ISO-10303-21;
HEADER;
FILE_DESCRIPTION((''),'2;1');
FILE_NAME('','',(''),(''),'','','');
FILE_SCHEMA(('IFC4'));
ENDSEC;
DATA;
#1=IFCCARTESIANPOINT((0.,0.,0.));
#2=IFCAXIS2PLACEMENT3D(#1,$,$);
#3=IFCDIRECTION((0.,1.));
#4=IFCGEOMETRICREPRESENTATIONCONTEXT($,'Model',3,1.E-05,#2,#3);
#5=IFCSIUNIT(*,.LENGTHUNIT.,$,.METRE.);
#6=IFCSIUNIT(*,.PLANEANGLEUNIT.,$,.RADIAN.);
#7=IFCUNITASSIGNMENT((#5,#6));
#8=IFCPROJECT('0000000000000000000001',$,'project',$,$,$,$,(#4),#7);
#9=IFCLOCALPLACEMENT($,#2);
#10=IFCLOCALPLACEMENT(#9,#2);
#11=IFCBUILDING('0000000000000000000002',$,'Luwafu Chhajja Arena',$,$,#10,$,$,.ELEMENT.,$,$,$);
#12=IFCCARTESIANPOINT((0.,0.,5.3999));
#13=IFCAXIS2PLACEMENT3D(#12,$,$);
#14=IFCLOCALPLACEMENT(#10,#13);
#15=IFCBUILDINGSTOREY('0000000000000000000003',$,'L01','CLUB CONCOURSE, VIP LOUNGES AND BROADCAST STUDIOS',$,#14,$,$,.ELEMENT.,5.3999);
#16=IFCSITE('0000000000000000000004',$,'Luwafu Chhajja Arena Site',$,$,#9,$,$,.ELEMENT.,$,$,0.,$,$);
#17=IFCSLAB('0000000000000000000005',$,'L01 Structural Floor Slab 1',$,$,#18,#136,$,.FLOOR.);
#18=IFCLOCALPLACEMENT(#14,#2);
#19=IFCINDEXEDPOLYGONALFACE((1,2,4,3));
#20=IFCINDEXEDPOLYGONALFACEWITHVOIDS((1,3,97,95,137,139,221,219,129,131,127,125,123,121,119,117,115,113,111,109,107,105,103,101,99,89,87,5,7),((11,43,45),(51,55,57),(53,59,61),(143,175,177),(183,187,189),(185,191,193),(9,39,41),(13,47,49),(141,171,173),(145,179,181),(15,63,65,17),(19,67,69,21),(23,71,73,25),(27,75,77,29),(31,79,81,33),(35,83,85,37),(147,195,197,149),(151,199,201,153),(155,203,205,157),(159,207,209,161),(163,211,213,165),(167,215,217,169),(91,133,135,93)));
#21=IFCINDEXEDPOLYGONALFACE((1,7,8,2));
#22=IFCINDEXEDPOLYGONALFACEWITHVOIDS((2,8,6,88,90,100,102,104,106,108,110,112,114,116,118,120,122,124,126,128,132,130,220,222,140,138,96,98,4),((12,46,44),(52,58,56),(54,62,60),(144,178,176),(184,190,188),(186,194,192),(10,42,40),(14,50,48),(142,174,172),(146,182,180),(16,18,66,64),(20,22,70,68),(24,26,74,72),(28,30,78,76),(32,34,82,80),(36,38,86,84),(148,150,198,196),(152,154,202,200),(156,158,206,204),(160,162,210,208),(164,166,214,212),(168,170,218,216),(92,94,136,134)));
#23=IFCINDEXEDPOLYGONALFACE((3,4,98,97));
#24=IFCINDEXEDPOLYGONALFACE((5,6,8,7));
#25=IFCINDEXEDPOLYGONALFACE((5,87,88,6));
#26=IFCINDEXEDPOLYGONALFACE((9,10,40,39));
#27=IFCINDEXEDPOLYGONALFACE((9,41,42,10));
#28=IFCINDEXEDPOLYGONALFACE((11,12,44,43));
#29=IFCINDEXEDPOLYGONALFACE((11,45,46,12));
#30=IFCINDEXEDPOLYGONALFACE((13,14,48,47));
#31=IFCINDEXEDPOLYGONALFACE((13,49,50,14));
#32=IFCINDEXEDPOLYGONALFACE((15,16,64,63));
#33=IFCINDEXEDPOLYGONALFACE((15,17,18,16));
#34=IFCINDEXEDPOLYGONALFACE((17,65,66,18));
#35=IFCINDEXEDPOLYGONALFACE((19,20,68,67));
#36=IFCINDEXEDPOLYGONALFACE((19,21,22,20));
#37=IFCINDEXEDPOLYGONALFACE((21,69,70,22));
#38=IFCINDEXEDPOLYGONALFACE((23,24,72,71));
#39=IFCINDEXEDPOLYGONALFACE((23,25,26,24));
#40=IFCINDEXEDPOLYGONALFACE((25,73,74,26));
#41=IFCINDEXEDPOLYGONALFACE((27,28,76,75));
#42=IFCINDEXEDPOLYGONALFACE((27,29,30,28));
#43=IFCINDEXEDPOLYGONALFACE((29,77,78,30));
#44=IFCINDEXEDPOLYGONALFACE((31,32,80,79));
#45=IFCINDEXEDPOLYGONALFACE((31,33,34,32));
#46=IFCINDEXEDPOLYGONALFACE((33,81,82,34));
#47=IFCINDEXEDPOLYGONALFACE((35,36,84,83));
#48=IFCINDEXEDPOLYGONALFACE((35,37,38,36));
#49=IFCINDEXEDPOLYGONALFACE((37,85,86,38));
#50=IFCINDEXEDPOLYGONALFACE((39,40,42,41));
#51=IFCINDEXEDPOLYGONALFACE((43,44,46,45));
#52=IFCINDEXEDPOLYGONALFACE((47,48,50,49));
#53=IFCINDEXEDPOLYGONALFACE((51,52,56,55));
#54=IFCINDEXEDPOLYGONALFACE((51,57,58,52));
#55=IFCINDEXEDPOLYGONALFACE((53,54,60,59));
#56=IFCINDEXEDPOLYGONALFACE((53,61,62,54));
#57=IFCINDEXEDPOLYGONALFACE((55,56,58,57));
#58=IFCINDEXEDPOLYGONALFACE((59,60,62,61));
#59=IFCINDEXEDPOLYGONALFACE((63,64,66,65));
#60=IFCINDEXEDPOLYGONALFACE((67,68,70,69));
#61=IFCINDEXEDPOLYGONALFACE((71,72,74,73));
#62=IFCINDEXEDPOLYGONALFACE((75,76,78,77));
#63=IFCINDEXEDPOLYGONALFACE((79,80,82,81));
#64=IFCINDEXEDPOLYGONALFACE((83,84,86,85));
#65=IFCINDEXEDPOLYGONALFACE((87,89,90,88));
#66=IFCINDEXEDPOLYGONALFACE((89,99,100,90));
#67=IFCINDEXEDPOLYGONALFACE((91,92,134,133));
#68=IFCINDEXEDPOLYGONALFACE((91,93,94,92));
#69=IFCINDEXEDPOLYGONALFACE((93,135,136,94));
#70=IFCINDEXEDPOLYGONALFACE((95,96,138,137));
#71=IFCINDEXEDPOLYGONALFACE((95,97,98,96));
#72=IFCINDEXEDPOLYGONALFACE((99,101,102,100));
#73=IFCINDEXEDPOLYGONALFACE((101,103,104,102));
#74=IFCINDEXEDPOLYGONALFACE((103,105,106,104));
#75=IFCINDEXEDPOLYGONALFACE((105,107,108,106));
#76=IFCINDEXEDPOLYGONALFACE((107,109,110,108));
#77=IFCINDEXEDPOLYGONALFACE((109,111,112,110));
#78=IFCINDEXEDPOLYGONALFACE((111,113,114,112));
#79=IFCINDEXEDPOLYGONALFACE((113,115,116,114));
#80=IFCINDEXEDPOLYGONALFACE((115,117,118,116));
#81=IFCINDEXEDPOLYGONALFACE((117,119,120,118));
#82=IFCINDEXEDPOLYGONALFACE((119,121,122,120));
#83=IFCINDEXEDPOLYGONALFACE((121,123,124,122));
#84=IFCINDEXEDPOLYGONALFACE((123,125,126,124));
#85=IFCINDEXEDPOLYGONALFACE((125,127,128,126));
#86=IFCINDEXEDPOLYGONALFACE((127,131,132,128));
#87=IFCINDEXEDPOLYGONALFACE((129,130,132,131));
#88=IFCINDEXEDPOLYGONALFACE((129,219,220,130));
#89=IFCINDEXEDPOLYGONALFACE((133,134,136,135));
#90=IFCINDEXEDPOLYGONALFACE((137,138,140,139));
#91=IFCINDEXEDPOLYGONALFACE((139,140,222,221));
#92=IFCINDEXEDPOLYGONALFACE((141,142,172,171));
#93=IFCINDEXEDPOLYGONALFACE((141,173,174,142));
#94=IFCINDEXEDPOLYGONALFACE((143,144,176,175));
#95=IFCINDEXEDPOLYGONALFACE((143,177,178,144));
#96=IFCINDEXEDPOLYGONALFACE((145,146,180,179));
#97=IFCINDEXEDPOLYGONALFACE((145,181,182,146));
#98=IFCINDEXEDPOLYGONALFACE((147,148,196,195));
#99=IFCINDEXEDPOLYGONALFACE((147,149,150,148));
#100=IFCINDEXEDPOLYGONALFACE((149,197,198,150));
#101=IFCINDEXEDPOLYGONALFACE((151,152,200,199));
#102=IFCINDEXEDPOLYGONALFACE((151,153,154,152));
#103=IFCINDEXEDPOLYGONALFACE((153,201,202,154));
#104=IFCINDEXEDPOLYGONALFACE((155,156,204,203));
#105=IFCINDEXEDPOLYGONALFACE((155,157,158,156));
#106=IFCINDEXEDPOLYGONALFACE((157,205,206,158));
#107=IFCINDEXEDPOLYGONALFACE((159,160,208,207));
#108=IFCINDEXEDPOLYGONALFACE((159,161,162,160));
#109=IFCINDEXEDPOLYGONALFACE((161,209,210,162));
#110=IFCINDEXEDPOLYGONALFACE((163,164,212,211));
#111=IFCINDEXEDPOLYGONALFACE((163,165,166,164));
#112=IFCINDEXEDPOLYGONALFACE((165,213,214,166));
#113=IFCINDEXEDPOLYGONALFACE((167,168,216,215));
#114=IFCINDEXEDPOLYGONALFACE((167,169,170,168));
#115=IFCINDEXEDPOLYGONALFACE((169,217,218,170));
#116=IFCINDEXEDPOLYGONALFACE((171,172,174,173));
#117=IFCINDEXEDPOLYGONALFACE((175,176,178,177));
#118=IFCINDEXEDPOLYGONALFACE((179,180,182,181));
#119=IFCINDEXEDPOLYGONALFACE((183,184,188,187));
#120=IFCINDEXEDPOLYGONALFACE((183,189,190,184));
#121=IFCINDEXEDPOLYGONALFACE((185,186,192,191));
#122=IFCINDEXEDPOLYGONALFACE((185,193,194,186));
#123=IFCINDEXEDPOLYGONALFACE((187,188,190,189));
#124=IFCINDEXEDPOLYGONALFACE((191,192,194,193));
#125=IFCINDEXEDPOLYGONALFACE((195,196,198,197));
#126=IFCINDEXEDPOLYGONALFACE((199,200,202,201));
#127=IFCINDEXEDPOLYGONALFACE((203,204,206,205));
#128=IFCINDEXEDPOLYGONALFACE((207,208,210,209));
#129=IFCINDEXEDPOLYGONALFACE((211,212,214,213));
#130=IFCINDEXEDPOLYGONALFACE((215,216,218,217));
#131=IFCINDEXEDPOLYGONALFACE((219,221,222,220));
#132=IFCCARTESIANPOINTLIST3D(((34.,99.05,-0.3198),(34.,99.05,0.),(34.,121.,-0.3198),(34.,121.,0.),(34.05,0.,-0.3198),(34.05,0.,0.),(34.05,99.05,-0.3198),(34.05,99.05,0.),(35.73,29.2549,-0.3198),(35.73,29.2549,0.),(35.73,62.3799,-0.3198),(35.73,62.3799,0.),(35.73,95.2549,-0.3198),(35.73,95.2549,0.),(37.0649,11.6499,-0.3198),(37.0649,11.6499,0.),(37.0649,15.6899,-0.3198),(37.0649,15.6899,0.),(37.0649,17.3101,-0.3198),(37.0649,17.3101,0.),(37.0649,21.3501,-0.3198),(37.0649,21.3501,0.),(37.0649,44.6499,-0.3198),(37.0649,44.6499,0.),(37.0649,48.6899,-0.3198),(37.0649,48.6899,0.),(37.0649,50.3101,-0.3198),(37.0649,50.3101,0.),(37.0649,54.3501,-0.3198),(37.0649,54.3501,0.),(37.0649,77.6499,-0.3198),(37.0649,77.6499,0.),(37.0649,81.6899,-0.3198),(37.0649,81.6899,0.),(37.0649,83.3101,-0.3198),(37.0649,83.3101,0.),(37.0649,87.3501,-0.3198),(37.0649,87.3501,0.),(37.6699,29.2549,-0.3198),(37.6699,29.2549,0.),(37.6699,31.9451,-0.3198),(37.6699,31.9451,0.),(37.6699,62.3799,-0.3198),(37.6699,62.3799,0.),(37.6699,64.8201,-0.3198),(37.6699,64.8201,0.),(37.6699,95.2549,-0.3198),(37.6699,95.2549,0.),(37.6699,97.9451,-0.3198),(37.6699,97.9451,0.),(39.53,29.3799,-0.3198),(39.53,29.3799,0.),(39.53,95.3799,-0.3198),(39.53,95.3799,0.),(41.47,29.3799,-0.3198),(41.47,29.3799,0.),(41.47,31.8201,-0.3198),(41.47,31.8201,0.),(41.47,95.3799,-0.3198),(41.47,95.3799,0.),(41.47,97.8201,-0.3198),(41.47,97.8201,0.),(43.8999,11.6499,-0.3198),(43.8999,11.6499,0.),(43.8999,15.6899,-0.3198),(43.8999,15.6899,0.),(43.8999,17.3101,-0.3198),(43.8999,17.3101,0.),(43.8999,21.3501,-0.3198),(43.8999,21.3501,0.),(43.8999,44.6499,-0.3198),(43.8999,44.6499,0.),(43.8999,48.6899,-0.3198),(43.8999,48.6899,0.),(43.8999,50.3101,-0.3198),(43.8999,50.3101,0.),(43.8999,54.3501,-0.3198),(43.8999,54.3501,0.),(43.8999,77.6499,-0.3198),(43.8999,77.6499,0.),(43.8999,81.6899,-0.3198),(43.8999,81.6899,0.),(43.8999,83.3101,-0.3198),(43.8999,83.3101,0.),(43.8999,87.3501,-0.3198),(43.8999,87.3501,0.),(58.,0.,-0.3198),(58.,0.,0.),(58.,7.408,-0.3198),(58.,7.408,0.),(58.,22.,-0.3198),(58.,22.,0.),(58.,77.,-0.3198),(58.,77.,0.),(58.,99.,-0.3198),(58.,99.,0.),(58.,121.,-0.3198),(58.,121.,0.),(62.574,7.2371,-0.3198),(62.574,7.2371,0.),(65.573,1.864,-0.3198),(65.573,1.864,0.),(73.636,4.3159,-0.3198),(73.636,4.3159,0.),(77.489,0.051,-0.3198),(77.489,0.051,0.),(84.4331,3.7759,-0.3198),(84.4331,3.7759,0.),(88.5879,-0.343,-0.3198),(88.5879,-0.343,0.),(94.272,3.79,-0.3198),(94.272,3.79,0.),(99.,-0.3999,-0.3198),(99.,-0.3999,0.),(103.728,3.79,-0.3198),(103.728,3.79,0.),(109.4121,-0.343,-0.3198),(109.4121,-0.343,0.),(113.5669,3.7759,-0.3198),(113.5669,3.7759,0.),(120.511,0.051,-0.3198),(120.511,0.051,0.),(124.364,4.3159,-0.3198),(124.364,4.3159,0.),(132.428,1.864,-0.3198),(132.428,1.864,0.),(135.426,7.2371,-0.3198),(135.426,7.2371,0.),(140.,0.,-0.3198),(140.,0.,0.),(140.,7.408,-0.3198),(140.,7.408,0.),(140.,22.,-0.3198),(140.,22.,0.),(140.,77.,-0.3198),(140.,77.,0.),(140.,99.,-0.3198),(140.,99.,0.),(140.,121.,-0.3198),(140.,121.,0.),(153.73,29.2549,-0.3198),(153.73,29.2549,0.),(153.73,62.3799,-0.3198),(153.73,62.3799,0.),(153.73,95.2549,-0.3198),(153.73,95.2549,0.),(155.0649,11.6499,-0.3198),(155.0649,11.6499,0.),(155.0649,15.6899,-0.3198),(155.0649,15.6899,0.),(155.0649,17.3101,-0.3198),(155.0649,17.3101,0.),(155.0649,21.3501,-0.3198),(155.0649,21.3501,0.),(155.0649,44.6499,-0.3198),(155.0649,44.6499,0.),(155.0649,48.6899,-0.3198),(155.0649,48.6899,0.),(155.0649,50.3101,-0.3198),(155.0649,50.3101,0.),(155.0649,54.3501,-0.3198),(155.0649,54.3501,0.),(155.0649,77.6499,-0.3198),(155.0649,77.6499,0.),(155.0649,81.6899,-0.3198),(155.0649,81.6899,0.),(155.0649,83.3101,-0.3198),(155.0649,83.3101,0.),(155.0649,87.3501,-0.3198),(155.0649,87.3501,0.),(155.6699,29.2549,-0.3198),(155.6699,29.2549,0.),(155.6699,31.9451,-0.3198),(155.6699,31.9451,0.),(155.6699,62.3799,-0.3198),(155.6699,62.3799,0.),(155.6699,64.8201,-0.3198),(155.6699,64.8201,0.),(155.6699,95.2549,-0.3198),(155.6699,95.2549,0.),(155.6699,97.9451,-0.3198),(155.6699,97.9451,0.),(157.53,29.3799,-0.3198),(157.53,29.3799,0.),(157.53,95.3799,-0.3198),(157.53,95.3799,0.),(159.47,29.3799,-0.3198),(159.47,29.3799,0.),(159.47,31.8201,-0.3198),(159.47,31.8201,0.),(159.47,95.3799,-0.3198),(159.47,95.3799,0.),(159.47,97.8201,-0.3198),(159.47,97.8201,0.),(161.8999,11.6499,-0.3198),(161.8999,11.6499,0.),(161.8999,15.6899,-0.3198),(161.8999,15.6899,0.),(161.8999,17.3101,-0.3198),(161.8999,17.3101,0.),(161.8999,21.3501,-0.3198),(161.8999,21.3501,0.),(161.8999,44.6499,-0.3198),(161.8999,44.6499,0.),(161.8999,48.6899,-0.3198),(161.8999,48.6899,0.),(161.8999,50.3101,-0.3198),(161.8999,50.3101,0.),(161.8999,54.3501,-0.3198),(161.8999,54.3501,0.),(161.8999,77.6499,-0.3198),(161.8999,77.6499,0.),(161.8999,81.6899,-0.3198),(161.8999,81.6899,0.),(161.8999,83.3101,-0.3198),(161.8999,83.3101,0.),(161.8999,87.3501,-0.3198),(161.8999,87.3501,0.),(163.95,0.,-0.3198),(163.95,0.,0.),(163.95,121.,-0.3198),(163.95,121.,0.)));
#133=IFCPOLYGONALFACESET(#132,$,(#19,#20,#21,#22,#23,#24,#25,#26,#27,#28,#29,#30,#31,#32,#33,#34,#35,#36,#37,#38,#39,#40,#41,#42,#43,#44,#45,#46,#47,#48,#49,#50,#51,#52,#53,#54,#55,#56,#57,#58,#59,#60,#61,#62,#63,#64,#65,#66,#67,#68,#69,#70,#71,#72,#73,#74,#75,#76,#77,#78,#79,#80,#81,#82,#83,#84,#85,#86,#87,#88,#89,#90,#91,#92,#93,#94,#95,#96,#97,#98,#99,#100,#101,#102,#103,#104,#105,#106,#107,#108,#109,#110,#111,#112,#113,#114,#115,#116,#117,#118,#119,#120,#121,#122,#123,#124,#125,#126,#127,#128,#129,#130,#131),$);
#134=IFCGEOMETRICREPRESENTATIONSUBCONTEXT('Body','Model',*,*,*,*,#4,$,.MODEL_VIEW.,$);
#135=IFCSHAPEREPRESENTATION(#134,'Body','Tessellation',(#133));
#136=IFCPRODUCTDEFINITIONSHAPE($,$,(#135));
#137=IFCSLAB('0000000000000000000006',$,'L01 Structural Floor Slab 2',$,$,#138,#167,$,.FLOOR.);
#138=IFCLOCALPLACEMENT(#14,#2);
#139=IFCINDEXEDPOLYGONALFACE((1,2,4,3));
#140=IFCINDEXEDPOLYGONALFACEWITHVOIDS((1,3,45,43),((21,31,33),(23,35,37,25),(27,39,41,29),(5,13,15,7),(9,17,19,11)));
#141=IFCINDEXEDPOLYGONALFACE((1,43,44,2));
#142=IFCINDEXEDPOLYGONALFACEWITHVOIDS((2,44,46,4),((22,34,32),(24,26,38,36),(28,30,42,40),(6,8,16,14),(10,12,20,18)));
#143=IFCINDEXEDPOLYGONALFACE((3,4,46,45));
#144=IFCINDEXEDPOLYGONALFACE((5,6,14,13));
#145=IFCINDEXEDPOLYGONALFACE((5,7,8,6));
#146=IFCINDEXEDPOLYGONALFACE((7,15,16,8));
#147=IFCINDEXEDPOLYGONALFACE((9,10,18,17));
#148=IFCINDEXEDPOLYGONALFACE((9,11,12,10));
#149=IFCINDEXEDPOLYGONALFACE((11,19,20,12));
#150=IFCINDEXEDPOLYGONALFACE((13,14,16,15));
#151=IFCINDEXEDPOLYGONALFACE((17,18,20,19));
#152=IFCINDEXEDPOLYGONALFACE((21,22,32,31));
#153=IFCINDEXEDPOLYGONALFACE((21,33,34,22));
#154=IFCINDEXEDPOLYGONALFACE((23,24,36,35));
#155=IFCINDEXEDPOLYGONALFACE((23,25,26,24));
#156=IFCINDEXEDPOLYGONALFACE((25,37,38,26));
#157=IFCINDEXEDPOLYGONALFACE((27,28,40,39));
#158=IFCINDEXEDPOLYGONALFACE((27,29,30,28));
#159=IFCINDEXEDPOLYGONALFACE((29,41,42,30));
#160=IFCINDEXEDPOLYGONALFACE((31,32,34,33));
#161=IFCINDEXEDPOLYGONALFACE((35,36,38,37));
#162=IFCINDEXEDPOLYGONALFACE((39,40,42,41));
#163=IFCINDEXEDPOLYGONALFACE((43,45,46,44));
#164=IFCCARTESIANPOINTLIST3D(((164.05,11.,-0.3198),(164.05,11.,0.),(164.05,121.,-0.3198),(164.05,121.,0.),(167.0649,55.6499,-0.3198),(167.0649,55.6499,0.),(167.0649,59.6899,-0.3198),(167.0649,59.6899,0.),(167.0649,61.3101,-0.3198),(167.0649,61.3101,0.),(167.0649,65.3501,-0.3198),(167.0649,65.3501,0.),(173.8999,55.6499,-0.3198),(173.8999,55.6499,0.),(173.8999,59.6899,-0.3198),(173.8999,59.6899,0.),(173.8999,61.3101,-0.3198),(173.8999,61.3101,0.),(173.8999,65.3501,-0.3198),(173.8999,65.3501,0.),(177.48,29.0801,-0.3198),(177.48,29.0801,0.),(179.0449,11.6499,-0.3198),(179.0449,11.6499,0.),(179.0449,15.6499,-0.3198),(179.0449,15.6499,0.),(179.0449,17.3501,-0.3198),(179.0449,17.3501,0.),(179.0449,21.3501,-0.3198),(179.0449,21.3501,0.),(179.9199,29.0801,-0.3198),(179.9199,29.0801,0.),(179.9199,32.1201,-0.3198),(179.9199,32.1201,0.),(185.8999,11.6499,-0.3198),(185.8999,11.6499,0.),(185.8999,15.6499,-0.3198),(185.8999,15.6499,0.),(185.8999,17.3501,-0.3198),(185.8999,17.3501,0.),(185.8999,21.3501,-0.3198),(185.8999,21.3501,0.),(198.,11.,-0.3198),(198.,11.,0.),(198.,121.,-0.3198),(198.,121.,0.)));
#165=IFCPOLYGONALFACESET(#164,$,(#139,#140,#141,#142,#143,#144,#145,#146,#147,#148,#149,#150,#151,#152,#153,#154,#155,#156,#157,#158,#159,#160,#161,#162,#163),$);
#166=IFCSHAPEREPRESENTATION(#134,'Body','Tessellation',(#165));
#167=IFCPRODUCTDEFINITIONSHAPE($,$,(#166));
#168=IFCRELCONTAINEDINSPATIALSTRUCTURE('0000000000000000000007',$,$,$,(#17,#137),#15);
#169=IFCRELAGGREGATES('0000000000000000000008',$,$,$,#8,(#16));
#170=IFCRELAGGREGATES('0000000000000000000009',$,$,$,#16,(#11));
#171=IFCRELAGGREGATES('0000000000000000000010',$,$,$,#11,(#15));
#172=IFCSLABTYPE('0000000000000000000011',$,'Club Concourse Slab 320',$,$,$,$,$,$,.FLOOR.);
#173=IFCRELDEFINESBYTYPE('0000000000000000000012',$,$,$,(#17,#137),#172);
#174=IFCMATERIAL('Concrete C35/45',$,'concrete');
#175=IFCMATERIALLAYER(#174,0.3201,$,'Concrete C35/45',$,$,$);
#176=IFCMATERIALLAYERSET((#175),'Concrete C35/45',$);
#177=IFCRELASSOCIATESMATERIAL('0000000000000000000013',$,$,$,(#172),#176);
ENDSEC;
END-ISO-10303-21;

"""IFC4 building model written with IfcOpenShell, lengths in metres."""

from ifc_helpers import new_model, si_unit, direction, frame, origin, place, context, subcontext, project, spatial, polyline, outline, extrude, material, layer, layer_set, type_object, element, save


model = new_model("IFC4")

# Units and contexts
model_context = context("Model", 3, precision=1e-05, world=origin(), true_north=direction((0.0, 1.0)))
body_context = subcontext(model_context, "Body", "Model", "MODEL_VIEW")
ifc_project = project(units=[si_unit("LENGTHUNIT", "METRE"), si_unit("PLANEANGLEUNIT", "RADIAN")], contexts=[model_context])

# Site, building, storey
site_placement = place(None, origin())
site = spatial("IfcSite", under=ifc_project, at=site_placement, Name="Luwafu Chhajja Arena Site", CompositionType="ELEMENT", RefElevation=0.0)
building_placement = place(site_placement, origin())
building = spatial("IfcBuilding", under=site, at=building_placement, Name="Luwafu Chhajja Arena", CompositionType="ELEMENT")
storey_placement = place(building_placement, frame((0.0, 0.0, 5.3999)))
storey = spatial("IfcBuildingStorey", under=building, at=storey_placement, Name="L01", Description="CLUB CONCOURSE, VIP LOUNGES AND BROADCAST STUDIOS", CompositionType="ELEMENT", Elevation=5.3999)

# Slabs
ifc_material_1 = material(Name="Concrete C35/45", Category="concrete")
ifc_layer_1 = layer(ifc_material_1, 0.3201, Name="Concrete C35/45")
ifc_layer_set_1 = layer_set([ifc_layer_1], Name="Concrete C35/45")
slab_type_1 = type_object("IfcSlabType", Name="Club Concourse Slab 320", PredefinedType="FLOOR", material=ifc_layer_set_1)
slab_1_placement = place(storey_placement, frame((0.0, 0.0, -0.3198)))
element("IfcSlab", 1, at=slab_1_placement, inside=storey, type_object=slab_type_1, Name="L01 Structural Floor Slab 1", PredefinedType="FLOOR", context=body_context, shape_type="SweptSolid", body=[
    extrude(outline(polyline([(34.0, 121.0), (58.0, 121.0), (58.0, 99.0), (140.0, 99.0), (140.0, 121.0), (163.95, 121.0), (163.95, 0.0), (140.0, 0.0), (140.0, 7.408), (135.426, 7.2371), (132.428, 1.864), (124.364, 4.3159), (120.511, 0.051), (113.5669, 3.7759), (109.4121, -0.343), (103.728, 3.79), (99.0, -0.3999), (94.272, 3.79), (88.5879, -0.343), (84.4331, 3.7759), (77.489, 0.051), (73.636, 4.3159), (65.573, 1.864), (62.574, 7.2371), (58.0, 7.408), (58.0, 0.0), (34.05, 0.0), (34.05, 99.05), (34.0, 99.05), (34.0, 121.0)]), holes=[polyline([(161.8999, 87.3501), (155.0649, 87.3501), (155.0649, 83.3101), (161.8999, 83.3101), (161.8999, 87.3501)]), polyline([(155.0649, 81.6899), (155.0649, 77.6499), (161.8999, 77.6499), (161.8999, 81.6899), (155.0649, 81.6899)]), polyline([(155.0649, 15.6899), (155.0649, 11.6499), (161.8999, 11.6499), (161.8999, 15.6899), (155.0649, 15.6899)]), polyline([(161.8999, 21.3501), (155.0649, 21.3501), (155.0649, 17.3101), (161.8999, 17.3101), (161.8999, 21.3501)]), polyline([(155.0649, 48.6899), (155.0649, 44.6499), (161.8999, 44.6499), (161.8999, 48.6899), (155.0649, 48.6899)]), polyline([(161.8999, 54.3501), (155.0649, 54.3501), (155.0649, 50.3101), (161.8999, 50.3101), (161.8999, 54.3501)]), polyline([(157.53, 95.3799), (159.47, 95.3799), (159.47, 97.8201), (157.53, 95.3799)]), polyline([(159.47, 29.3799), (159.47, 31.8201), (157.53, 29.3799), (159.47, 29.3799)]), polyline([(155.6699, 62.3799), (155.6699, 64.8201), (153.73, 62.3799), (155.6699, 62.3799)]), polyline([(155.6699, 95.2549), (155.6699, 97.9451), (153.73, 95.2549), (155.6699, 95.2549)]), polyline([(155.6699, 31.9451), (153.73, 29.2549), (155.6699, 29.2549), (155.6699, 31.9451)]), polyline([(140.0, 77.0), (58.0, 77.0), (58.0, 22.0), (140.0, 22.0), (140.0, 77.0)]), polyline([(37.0649, 83.3101), (43.8999, 83.3101), (43.8999, 87.3501), (37.0649, 87.3501), (37.0649, 83.3101)]), polyline([(43.8999, 77.6499), (43.8999, 81.6899), (37.0649, 81.6899), (37.0649, 77.6499), (43.8999, 77.6499)]), polyline([(37.0649, 50.3101), (43.8999, 50.3101), (43.8999, 54.3501), (37.0649, 54.3501), (37.0649, 50.3101)]), polyline([(43.8999, 44.6499), (43.8999, 48.6899), (37.0649, 48.6899), (37.0649, 44.6499), (43.8999, 44.6499)]), polyline([(37.0649, 17.3101), (43.8999, 17.3101), (43.8999, 21.3501), (37.0649, 21.3501), (37.0649, 17.3101)]), polyline([(43.8999, 11.6499), (43.8999, 15.6899), (37.0649, 15.6899), (37.0649, 11.6499), (43.8999, 11.6499)]), polyline([(41.47, 97.8201), (39.53, 95.3799), (41.47, 95.3799), (41.47, 97.8201)]), polyline([(39.53, 29.3799), (41.47, 29.3799), (41.47, 31.8201), (39.53, 29.3799)]), polyline([(35.73, 95.2549), (37.6699, 95.2549), (37.6699, 97.9451), (35.73, 95.2549)]), polyline([(37.6699, 64.8201), (35.73, 62.3799), (37.6699, 62.3799), (37.6699, 64.8201)]), polyline([(37.6699, 29.2549), (37.6699, 31.9451), (35.73, 29.2549), (37.6699, 29.2549)])]), origin(), (0.0, 0.0, 1.0), 0.3198),
])
slab_2_placement = place(storey_placement, frame((0.0, 0.0, -0.3198)))
element("IfcSlab", 2, at=slab_2_placement, inside=storey, type_object=slab_type_1, Name="L01 Structural Floor Slab 2", PredefinedType="FLOOR", context=body_context, shape_type="SweptSolid", body=[
    extrude(outline(polyline([(198.0, 121.0), (198.0, 11.0), (164.05, 11.0), (164.05, 121.0), (198.0, 121.0)]), holes=[polyline([(185.8999, 21.3501), (179.0449, 21.3501), (179.0449, 17.3501), (185.8999, 17.3501), (185.8999, 21.3501)]), polyline([(179.0449, 15.6499), (179.0449, 11.6499), (185.8999, 11.6499), (185.8999, 15.6499), (179.0449, 15.6499)]), polyline([(179.9199, 32.1201), (177.48, 29.0801), (179.9199, 29.0801), (179.9199, 32.1201)]), polyline([(173.8999, 65.3501), (167.0649, 65.3501), (167.0649, 61.3101), (173.8999, 61.3101), (173.8999, 65.3501)]), polyline([(167.0649, 59.6899), (167.0649, 55.6499), (173.8999, 55.6499), (173.8999, 59.6899), (167.0649, 59.6899)])]), origin(), (0.0, 0.0, 1.0), 0.3198),
])

save(model, "model.ifc")
